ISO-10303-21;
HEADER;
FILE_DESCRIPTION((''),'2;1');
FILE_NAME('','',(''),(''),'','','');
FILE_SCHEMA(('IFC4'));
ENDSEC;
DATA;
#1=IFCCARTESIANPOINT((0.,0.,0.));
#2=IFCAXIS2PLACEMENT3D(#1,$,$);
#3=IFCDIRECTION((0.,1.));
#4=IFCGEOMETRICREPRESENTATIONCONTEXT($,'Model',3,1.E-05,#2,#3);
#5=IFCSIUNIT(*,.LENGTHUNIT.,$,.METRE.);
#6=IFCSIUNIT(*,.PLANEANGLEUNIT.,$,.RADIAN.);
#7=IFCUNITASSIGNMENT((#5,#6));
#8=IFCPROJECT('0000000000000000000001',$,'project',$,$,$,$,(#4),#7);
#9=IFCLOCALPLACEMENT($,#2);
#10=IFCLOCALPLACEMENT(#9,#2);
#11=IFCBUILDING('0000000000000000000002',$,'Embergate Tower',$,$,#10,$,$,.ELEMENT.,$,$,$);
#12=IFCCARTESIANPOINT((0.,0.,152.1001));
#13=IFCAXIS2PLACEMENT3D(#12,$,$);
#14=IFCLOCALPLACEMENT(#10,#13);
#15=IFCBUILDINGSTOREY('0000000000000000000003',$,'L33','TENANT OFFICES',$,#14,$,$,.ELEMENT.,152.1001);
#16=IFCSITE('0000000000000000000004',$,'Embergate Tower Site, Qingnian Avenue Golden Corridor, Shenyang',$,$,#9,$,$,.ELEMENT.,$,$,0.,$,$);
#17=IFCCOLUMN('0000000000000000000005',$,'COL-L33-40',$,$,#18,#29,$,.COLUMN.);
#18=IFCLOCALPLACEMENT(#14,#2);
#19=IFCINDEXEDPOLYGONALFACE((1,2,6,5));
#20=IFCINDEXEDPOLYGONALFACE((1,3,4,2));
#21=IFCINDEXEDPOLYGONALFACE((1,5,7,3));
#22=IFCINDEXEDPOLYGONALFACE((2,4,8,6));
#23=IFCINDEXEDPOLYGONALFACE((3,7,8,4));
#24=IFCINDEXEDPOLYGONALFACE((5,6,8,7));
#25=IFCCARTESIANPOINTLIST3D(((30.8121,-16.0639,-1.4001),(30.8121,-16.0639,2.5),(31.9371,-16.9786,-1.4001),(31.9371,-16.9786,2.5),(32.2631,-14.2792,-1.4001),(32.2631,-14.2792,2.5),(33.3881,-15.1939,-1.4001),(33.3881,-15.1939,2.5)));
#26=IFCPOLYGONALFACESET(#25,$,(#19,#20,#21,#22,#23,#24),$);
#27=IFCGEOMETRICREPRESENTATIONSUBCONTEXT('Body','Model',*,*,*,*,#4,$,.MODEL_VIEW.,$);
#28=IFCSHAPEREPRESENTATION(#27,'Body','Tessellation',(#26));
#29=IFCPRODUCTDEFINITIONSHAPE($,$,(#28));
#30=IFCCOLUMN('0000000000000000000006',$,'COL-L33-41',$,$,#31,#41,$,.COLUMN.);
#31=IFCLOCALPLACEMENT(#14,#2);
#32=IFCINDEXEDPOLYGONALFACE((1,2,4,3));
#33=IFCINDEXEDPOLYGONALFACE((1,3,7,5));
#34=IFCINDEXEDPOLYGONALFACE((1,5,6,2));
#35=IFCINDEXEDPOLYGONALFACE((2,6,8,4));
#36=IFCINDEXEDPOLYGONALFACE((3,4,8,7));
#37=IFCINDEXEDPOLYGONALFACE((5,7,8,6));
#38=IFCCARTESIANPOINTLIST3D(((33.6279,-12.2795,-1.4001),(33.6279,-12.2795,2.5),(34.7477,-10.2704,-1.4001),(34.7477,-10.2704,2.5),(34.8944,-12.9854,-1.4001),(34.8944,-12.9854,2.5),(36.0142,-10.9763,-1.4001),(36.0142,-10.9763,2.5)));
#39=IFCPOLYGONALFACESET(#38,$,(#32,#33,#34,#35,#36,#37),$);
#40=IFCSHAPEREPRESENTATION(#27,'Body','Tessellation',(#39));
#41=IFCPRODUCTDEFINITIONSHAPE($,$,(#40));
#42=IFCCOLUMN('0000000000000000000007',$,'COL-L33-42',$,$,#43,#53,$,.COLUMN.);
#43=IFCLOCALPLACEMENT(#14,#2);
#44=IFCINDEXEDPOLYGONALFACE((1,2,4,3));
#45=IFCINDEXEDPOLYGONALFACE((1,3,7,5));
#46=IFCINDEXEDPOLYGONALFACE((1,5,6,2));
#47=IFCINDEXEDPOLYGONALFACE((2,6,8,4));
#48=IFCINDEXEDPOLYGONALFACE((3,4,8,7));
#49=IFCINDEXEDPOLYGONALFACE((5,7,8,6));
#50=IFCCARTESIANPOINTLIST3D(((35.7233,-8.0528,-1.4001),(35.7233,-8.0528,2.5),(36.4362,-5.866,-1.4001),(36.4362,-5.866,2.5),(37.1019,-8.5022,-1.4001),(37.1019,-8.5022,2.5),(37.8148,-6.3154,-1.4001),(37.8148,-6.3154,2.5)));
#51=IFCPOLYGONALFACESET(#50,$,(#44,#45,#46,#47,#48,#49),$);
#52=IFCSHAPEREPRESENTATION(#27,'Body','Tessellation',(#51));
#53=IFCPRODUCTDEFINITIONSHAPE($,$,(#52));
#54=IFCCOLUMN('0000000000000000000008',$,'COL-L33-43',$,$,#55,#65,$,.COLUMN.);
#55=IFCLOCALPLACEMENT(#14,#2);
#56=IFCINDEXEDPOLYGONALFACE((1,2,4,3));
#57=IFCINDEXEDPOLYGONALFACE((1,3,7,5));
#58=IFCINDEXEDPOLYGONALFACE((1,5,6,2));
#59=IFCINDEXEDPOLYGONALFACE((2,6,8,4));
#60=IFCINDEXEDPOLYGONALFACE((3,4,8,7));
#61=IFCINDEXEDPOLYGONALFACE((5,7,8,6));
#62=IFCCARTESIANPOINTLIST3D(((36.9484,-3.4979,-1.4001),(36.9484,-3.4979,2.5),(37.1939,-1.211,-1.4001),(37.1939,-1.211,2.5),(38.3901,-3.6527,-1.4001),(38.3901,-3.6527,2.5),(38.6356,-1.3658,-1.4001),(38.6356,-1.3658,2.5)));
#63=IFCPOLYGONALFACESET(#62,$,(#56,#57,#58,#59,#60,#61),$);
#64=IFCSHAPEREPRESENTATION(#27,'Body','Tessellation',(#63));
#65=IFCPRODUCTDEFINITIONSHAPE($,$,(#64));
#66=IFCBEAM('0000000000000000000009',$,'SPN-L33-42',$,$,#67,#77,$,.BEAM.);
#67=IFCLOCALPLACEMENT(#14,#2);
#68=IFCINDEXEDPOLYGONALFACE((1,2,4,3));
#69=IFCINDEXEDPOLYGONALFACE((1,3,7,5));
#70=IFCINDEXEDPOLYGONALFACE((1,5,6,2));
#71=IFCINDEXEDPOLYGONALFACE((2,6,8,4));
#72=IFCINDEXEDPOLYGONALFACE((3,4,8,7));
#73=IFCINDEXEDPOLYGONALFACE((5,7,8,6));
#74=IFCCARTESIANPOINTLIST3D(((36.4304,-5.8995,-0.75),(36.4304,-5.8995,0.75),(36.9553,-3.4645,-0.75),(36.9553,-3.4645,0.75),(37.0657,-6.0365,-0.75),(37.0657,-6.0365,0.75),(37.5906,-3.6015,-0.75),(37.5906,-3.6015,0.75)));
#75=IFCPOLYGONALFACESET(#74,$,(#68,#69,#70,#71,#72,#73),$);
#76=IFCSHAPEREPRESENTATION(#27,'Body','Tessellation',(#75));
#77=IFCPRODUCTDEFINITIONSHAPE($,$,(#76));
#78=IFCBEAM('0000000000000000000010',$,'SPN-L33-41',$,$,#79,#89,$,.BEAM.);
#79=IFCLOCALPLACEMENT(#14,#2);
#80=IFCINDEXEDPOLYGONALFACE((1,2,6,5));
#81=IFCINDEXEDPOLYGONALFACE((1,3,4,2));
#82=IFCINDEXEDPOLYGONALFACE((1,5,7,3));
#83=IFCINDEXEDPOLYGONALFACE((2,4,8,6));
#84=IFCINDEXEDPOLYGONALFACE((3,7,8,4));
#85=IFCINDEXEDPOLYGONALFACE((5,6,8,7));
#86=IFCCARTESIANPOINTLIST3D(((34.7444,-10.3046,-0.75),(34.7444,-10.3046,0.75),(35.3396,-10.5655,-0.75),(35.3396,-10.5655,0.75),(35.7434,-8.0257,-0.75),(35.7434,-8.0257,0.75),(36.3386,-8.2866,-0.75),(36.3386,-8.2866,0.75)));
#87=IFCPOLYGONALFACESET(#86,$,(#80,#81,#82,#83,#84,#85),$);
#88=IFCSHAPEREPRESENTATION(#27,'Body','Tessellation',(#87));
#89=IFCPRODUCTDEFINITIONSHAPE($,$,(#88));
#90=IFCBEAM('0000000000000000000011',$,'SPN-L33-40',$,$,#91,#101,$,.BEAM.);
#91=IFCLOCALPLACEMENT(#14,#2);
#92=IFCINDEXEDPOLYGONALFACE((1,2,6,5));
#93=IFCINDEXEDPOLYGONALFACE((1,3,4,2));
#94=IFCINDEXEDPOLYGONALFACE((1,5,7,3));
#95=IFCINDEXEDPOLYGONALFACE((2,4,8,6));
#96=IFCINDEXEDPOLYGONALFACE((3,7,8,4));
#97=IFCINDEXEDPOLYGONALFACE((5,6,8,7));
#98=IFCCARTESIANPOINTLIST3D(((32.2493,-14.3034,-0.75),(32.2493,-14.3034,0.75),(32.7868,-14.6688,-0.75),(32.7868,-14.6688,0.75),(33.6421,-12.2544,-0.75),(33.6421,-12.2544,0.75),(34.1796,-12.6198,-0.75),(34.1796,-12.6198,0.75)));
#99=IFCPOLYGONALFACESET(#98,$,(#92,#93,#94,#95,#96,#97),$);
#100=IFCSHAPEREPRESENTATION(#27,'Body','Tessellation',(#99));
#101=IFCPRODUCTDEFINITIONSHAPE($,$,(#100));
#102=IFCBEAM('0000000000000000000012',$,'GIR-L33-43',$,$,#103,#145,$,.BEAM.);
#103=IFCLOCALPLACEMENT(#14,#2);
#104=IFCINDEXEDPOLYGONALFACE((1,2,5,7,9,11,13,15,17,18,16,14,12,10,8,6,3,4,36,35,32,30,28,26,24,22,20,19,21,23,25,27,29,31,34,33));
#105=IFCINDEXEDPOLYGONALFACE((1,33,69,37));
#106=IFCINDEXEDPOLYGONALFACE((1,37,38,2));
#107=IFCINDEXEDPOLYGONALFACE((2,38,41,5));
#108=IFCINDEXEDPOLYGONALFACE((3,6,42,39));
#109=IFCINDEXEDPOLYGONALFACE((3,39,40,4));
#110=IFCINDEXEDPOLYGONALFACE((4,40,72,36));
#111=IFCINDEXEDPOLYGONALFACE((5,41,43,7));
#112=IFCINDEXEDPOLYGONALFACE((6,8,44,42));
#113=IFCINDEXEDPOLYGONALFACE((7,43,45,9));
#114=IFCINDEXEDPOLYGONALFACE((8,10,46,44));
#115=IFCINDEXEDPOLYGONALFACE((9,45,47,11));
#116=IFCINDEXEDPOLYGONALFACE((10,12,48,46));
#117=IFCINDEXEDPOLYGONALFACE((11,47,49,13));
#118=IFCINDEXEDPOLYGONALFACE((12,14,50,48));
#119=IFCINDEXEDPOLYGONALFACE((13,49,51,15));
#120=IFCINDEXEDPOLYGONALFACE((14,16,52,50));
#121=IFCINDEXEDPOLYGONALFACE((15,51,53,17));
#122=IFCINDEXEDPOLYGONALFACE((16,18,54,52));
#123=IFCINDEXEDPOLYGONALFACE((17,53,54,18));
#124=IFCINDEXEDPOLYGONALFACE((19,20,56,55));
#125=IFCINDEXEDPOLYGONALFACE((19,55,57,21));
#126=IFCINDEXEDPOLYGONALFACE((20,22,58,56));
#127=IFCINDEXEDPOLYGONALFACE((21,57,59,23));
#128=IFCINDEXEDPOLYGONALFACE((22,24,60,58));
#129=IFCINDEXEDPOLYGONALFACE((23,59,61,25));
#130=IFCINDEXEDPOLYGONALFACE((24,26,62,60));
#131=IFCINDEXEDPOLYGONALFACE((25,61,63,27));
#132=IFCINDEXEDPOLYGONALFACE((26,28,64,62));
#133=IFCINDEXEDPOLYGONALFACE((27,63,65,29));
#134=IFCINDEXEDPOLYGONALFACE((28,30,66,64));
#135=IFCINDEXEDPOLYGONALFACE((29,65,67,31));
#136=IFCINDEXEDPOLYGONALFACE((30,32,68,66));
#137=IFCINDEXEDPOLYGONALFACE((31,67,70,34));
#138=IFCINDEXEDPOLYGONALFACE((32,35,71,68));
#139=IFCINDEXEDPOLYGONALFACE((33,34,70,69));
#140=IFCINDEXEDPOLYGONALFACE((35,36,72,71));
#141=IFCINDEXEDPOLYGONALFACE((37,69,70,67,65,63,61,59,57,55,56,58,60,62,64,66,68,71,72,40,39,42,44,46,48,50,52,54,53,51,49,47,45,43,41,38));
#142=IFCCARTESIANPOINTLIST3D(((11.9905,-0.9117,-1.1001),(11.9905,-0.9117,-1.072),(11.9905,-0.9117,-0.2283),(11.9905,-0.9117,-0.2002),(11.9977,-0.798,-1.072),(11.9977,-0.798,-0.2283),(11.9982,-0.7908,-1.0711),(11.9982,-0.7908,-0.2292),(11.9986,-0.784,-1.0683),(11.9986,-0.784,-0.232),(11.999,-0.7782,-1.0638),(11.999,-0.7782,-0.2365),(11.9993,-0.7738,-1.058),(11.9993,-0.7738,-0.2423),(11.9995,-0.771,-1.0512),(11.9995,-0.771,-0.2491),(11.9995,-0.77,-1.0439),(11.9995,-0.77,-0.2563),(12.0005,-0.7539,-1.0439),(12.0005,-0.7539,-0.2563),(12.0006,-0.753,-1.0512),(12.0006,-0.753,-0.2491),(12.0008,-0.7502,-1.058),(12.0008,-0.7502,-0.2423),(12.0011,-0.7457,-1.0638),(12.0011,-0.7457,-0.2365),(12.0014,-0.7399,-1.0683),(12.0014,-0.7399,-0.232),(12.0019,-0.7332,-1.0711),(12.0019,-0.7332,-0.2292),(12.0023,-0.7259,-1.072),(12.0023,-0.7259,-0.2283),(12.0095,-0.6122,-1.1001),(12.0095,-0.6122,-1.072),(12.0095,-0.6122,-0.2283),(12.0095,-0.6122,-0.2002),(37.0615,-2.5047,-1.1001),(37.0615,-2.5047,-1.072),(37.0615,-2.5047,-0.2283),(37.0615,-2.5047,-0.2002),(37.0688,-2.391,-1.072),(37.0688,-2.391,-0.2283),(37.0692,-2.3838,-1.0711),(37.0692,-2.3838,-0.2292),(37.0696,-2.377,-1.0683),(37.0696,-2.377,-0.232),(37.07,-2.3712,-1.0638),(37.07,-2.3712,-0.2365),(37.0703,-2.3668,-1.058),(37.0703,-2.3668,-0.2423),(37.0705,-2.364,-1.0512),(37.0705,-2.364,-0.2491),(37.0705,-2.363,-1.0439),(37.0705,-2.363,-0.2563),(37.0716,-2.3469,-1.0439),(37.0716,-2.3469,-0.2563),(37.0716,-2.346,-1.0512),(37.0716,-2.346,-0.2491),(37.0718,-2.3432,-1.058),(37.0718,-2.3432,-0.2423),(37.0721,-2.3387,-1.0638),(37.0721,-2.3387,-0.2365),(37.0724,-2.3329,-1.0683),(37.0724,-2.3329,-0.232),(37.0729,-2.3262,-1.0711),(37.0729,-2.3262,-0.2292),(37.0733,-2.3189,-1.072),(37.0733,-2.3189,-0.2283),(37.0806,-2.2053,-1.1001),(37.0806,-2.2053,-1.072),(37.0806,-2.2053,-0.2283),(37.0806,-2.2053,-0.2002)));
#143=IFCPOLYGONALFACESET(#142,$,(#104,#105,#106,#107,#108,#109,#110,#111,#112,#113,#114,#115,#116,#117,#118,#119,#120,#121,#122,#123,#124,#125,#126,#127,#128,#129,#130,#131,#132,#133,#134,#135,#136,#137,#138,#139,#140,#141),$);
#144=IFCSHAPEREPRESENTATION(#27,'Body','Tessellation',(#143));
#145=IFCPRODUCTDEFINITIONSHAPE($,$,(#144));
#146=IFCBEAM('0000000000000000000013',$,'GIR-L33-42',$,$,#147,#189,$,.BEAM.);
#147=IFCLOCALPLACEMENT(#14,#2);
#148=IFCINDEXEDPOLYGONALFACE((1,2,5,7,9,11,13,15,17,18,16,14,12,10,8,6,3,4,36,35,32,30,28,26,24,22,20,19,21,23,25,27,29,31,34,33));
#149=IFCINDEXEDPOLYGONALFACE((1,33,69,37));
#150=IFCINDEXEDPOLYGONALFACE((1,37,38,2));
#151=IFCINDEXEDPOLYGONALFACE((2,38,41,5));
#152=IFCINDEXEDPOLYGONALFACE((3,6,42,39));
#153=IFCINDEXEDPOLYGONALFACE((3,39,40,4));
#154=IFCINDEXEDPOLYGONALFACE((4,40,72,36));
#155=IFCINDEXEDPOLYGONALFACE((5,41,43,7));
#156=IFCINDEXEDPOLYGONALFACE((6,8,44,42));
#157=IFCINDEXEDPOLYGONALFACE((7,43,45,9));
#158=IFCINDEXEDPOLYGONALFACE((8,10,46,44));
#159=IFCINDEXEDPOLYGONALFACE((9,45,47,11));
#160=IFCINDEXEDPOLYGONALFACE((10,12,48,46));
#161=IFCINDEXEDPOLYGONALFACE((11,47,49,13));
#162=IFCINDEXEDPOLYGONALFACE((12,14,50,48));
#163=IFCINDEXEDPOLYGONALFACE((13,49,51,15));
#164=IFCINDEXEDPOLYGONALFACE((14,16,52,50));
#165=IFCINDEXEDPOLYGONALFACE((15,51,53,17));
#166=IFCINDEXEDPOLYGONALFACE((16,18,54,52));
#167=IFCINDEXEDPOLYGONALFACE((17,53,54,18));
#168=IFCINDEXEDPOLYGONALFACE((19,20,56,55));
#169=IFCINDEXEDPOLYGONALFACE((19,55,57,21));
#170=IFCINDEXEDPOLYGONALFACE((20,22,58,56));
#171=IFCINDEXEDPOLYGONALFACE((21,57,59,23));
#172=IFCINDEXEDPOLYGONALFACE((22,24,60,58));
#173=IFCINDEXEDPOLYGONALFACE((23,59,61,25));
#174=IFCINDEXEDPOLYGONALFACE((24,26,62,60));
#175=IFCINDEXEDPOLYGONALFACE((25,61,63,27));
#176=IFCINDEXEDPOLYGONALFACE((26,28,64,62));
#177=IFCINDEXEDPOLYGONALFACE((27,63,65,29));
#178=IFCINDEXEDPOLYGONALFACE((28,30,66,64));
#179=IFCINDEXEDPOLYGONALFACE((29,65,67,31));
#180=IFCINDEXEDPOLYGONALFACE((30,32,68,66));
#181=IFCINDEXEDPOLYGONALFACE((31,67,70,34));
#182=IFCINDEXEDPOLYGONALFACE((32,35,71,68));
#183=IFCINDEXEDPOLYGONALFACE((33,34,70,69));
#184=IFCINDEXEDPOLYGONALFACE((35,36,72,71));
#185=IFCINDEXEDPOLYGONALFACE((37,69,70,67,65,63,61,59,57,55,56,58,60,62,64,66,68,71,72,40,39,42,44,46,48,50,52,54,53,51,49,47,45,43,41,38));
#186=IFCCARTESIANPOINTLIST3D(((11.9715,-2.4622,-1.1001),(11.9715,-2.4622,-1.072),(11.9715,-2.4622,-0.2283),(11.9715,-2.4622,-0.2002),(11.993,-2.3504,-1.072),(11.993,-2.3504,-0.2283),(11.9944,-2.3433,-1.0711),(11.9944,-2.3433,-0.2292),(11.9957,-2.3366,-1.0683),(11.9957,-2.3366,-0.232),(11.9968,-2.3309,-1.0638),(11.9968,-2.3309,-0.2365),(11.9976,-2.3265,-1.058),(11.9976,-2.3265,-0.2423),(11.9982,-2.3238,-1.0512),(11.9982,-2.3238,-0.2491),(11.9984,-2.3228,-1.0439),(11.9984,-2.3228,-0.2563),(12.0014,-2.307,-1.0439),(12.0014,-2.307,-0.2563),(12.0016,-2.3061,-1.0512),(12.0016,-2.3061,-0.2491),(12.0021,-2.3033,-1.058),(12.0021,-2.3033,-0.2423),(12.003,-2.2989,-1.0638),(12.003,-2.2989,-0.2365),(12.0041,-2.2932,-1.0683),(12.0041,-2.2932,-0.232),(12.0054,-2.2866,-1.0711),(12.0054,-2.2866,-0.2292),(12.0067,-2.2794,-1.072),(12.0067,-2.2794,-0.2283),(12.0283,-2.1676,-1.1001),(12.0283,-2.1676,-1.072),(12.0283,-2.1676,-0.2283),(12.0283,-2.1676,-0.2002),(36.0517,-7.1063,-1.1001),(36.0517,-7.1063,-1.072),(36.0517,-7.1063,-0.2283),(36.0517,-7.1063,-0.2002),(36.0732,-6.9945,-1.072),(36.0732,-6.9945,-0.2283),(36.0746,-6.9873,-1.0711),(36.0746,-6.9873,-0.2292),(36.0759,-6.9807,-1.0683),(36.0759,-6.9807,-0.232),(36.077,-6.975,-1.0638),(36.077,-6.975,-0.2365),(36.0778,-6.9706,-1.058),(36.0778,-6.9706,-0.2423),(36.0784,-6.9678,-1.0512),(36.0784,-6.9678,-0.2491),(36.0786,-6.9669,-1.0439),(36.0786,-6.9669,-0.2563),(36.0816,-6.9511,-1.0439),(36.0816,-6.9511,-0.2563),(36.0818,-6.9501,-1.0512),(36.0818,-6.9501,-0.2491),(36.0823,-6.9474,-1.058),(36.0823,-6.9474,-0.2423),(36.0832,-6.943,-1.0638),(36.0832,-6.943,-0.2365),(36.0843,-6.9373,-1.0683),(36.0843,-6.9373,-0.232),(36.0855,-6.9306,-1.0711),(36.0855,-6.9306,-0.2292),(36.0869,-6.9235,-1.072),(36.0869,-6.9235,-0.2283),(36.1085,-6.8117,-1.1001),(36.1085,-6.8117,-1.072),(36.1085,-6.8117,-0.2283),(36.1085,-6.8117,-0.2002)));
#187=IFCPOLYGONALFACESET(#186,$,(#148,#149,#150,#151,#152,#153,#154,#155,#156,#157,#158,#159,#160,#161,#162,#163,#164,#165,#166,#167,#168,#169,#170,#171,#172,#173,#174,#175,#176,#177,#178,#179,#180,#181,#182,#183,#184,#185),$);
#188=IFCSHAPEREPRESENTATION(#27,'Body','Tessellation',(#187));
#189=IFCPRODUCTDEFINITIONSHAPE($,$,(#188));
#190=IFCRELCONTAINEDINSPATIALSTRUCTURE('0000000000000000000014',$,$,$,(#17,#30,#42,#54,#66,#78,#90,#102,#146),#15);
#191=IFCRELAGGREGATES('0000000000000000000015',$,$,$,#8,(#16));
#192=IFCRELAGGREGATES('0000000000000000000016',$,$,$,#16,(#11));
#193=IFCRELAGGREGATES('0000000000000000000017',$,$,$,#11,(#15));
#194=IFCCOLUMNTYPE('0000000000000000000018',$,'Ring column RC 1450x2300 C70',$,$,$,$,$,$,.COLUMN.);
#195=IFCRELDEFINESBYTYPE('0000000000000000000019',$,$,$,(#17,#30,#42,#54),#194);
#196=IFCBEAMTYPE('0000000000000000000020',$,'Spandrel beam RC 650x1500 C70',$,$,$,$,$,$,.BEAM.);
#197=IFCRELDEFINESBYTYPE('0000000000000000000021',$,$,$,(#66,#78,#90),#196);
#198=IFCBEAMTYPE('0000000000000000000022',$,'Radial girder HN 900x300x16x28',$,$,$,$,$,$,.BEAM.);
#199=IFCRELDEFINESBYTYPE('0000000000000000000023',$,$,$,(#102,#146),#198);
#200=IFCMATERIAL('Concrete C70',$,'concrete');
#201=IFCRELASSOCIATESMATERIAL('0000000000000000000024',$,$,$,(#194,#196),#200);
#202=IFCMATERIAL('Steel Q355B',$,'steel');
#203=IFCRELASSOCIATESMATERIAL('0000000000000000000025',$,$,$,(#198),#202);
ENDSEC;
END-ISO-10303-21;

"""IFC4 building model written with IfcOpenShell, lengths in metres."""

from ifc_helpers import new_model, si_unit, direction, frame, origin, origin_2d, place, context, subcontext, project, spatial, rectangle, i_section, extrude, source, transform, mapped, material, material_profile, profile_set, type_object, element, save


model = new_model("IFC4")

# Units and contexts
model_context = context("Model", 3, precision=1e-05, world=origin(), true_north=direction((0.0, 1.0)))
body_context = subcontext(model_context, "Body", "Model", "MODEL_VIEW")
ifc_project = project(units=[si_unit("LENGTHUNIT", "METRE"), si_unit("PLANEANGLEUNIT", "RADIAN")], contexts=[model_context])

# Site, building, storey
site_placement = place(None, origin())
site = spatial("IfcSite", under=ifc_project, at=site_placement, Name="Embergate Tower Site, Qingnian Avenue Golden Corridor, Shenyang", CompositionType="ELEMENT", RefElevation=0.0)
building_placement = place(site_placement, origin())
building = spatial("IfcBuilding", under=site, at=building_placement, Name="Embergate Tower", CompositionType="ELEMENT")
storey_placement = place(building_placement, frame((0.0, 0.0, 152.1001)))
storey = spatial("IfcBuildingStorey", under=building, at=storey_placement, Name="L33", Description="TENANT OFFICES", CompositionType="ELEMENT", Elevation=152.1001)

# Columns
ifc_material_1 = material(Name="Concrete C70", Category="concrete")
ifc_material_profile_1 = material_profile(ifc_material_1, rectangle(XDim=1.45, YDim=2.3, at=origin_2d()), Name="RC 1450x2300")
ifc_profile_set_1 = profile_set([ifc_material_profile_1], Name="Concrete C70")
column_type = type_object("IfcColumnType", Name="Ring column RC 1450x2300 C70", PredefinedType="COLUMN", material=ifc_profile_set_1)
shared_shape_1 = source(origin(), body_context, "Body", "SweptSolid", [
    extrude(rectangle(XDim=1.45, YDim=2.3, at=origin_2d()), origin(), (0.0, 0.0, 1.0), 3.9001),
])
for number, where, z_axis, x_axis, name in (
    (1, (32.1001, -15.6289, -1.4001), (0.0, 0.0, 1.0), (0.775914, -0.630838, 0.0), "COL-L33-40"),
    (2, (34.821, -11.6279, -1.4001), (0.0, 0.0, 1.0), (0.873492, -0.486839, 0.0), "COL-L33-41"),
    (3, (36.769, -7.1841, -1.4001), (0.0, 0.0, 1.0), (0.950754, -0.309946, 0.0), "COL-L33-42"),
    (4, (37.792, -2.4319, -1.4001), (0.0, 0.0, 1.0), (0.994286, -0.10675, 0.0), "COL-L33-43"),
):
    element("IfcColumn", number, at=place(storey_placement, frame(where, z_axis=z_axis, x_axis=x_axis)), inside=storey, type_object=column_type, Name=name, PredefinedType="COLUMN", context=body_context, shape_type="MappedRepresentation", body=[
        mapped(shared_shape_1, transform((0.0, 0.0, 0.0))),
    ])

# Beams
ifc_material_profile_2 = material_profile(ifc_material_1, rectangle(XDim=0.6499, YDim=1.5, at=origin_2d()), Name="RC 650x1500")
ifc_profile_set_2 = profile_set([ifc_material_profile_2], Name="Concrete C70")
beam_type_1 = type_object("IfcBeamType", Name="Spandrel beam RC 650x1500 C70", PredefinedType="BEAM", material=ifc_profile_set_2)
shared_shape_2 = source(origin(), body_context, "Body", "SweptSolid", [
    extrude(rectangle(XDim=0.6499, YDim=1.5, at=origin_2d()), origin(), (0.0, 0.0, 1.0), 2.491),
])
beam_1_placement = place(storey_placement, frame((36.748, -5.968, 0.0), z_axis=(0.21072, 0.977546, 0.0), x_axis=(-0.977546, 0.21072, 0.0)))
element("IfcBeam", 5, at=beam_1_placement, inside=storey, type_object=beam_type_1, Name="SPN-L33-42", PredefinedType="BEAM", context=body_context, shape_type="MappedRepresentation", body=[
    mapped(shared_shape_2, transform((0.0, 0.0, 0.0))),
])
shared_shape_3 = source(origin(), body_context, "Body", "SweptSolid", [
    extrude(rectangle(XDim=0.6499, YDim=1.5, at=origin_2d()), origin(), (0.0, 0.0, 1.0), 2.4883),
])
beam_2_placement = place(storey_placement, frame((35.042, -10.4351, 0.0), z_axis=(0.401472, 0.915871, 0.0), x_axis=(-0.915871, 0.401472, 0.0)))
element("IfcBeam", 6, at=beam_2_placement, inside=storey, type_object=beam_type_1, Name="SPN-L33-41", PredefinedType="BEAM", context=body_context, shape_type="MappedRepresentation", body=[
    mapped(shared_shape_3, transform((0.0, 0.0, 0.0))),
])
shared_shape_4 = source(origin(), body_context, "Body", "SweptSolid", [
    extrude(rectangle(XDim=0.6499, YDim=1.5, at=origin_2d()), origin(), (0.0, 0.0, 1.0), 2.4775),
])
beam_3_placement = place(storey_placement, frame((32.5181, -14.4861, 0.0), z_axis=(0.562159, 0.827029, 0.0), x_axis=(-0.827029, 0.562159, 0.0)))
element("IfcBeam", 7, at=beam_3_placement, inside=storey, type_object=beam_type_1, Name="SPN-L33-40", PredefinedType="BEAM", context=body_context, shape_type="MappedRepresentation", body=[
    mapped(shared_shape_4, transform((0.0, 0.0, 0.0))),
])
ifc_material_2 = material(Name="Steel Q355B", Category="steel")
ifc_material_profile_3 = material_profile(ifc_material_2, i_section(OverallWidth=0.3, OverallDepth=0.8999, WebThickness=0.0161, FlangeThickness=0.0281, FilletRadius=0.0281, at=origin_2d()), Name="HN 900x300x16x28")
ifc_profile_set_3 = profile_set([ifc_material_profile_3], Name="Steel Q355 grade B")
beam_type_2 = type_object("IfcBeamType", Name="Radial girder HN 900x300x16x28", PredefinedType="BEAM", material=ifc_profile_set_3)
shared_shape_5 = source(origin(), body_context, "Body", "SweptSolid", [
    extrude(i_section(OverallWidth=0.3, OverallDepth=0.8999, WebThickness=0.0161, FlangeThickness=0.0281, FilletRadius=0.0281, at=origin_2d()), origin(), (0.0, 0.0, 1.0), 25.1216),
])
beam_4_placement = place(storey_placement, frame((37.071, -2.355, -0.6501), z_axis=(-0.997987, 0.063412, 0.0), x_axis=(-0.063412, -0.997987, 0.0)))
element("IfcBeam", 8, at=beam_4_placement, inside=storey, type_object=beam_type_2, Name="GIR-L33-43", PredefinedType="BEAM", context=body_context, shape_type="MappedRepresentation", body=[
    mapped(shared_shape_5, transform((0.0, 0.0, 0.0))),
])
shared_shape_6 = source(origin(), body_context, "Body", "SweptSolid", [
    extrude(i_section(OverallWidth=0.3, OverallDepth=0.8999, WebThickness=0.0161, FlangeThickness=0.0281, FilletRadius=0.0281, at=origin_2d()), origin(), (0.0, 0.0, 1.0), 24.5239),
])
beam_5_placement = place(storey_placement, frame((36.0801, -6.959, -0.6501), z_axis=(-0.981906, 0.189369, 0.0), x_axis=(-0.189369, -0.981906, 0.0)))
element("IfcBeam", 9, at=beam_5_placement, inside=storey, type_object=beam_type_2, Name="GIR-L33-42", PredefinedType="BEAM", context=body_context, shape_type="MappedRepresentation", body=[
    mapped(shared_shape_6, transform((0.0, 0.0, 0.0))),
])

save(model, "model.ifc")
